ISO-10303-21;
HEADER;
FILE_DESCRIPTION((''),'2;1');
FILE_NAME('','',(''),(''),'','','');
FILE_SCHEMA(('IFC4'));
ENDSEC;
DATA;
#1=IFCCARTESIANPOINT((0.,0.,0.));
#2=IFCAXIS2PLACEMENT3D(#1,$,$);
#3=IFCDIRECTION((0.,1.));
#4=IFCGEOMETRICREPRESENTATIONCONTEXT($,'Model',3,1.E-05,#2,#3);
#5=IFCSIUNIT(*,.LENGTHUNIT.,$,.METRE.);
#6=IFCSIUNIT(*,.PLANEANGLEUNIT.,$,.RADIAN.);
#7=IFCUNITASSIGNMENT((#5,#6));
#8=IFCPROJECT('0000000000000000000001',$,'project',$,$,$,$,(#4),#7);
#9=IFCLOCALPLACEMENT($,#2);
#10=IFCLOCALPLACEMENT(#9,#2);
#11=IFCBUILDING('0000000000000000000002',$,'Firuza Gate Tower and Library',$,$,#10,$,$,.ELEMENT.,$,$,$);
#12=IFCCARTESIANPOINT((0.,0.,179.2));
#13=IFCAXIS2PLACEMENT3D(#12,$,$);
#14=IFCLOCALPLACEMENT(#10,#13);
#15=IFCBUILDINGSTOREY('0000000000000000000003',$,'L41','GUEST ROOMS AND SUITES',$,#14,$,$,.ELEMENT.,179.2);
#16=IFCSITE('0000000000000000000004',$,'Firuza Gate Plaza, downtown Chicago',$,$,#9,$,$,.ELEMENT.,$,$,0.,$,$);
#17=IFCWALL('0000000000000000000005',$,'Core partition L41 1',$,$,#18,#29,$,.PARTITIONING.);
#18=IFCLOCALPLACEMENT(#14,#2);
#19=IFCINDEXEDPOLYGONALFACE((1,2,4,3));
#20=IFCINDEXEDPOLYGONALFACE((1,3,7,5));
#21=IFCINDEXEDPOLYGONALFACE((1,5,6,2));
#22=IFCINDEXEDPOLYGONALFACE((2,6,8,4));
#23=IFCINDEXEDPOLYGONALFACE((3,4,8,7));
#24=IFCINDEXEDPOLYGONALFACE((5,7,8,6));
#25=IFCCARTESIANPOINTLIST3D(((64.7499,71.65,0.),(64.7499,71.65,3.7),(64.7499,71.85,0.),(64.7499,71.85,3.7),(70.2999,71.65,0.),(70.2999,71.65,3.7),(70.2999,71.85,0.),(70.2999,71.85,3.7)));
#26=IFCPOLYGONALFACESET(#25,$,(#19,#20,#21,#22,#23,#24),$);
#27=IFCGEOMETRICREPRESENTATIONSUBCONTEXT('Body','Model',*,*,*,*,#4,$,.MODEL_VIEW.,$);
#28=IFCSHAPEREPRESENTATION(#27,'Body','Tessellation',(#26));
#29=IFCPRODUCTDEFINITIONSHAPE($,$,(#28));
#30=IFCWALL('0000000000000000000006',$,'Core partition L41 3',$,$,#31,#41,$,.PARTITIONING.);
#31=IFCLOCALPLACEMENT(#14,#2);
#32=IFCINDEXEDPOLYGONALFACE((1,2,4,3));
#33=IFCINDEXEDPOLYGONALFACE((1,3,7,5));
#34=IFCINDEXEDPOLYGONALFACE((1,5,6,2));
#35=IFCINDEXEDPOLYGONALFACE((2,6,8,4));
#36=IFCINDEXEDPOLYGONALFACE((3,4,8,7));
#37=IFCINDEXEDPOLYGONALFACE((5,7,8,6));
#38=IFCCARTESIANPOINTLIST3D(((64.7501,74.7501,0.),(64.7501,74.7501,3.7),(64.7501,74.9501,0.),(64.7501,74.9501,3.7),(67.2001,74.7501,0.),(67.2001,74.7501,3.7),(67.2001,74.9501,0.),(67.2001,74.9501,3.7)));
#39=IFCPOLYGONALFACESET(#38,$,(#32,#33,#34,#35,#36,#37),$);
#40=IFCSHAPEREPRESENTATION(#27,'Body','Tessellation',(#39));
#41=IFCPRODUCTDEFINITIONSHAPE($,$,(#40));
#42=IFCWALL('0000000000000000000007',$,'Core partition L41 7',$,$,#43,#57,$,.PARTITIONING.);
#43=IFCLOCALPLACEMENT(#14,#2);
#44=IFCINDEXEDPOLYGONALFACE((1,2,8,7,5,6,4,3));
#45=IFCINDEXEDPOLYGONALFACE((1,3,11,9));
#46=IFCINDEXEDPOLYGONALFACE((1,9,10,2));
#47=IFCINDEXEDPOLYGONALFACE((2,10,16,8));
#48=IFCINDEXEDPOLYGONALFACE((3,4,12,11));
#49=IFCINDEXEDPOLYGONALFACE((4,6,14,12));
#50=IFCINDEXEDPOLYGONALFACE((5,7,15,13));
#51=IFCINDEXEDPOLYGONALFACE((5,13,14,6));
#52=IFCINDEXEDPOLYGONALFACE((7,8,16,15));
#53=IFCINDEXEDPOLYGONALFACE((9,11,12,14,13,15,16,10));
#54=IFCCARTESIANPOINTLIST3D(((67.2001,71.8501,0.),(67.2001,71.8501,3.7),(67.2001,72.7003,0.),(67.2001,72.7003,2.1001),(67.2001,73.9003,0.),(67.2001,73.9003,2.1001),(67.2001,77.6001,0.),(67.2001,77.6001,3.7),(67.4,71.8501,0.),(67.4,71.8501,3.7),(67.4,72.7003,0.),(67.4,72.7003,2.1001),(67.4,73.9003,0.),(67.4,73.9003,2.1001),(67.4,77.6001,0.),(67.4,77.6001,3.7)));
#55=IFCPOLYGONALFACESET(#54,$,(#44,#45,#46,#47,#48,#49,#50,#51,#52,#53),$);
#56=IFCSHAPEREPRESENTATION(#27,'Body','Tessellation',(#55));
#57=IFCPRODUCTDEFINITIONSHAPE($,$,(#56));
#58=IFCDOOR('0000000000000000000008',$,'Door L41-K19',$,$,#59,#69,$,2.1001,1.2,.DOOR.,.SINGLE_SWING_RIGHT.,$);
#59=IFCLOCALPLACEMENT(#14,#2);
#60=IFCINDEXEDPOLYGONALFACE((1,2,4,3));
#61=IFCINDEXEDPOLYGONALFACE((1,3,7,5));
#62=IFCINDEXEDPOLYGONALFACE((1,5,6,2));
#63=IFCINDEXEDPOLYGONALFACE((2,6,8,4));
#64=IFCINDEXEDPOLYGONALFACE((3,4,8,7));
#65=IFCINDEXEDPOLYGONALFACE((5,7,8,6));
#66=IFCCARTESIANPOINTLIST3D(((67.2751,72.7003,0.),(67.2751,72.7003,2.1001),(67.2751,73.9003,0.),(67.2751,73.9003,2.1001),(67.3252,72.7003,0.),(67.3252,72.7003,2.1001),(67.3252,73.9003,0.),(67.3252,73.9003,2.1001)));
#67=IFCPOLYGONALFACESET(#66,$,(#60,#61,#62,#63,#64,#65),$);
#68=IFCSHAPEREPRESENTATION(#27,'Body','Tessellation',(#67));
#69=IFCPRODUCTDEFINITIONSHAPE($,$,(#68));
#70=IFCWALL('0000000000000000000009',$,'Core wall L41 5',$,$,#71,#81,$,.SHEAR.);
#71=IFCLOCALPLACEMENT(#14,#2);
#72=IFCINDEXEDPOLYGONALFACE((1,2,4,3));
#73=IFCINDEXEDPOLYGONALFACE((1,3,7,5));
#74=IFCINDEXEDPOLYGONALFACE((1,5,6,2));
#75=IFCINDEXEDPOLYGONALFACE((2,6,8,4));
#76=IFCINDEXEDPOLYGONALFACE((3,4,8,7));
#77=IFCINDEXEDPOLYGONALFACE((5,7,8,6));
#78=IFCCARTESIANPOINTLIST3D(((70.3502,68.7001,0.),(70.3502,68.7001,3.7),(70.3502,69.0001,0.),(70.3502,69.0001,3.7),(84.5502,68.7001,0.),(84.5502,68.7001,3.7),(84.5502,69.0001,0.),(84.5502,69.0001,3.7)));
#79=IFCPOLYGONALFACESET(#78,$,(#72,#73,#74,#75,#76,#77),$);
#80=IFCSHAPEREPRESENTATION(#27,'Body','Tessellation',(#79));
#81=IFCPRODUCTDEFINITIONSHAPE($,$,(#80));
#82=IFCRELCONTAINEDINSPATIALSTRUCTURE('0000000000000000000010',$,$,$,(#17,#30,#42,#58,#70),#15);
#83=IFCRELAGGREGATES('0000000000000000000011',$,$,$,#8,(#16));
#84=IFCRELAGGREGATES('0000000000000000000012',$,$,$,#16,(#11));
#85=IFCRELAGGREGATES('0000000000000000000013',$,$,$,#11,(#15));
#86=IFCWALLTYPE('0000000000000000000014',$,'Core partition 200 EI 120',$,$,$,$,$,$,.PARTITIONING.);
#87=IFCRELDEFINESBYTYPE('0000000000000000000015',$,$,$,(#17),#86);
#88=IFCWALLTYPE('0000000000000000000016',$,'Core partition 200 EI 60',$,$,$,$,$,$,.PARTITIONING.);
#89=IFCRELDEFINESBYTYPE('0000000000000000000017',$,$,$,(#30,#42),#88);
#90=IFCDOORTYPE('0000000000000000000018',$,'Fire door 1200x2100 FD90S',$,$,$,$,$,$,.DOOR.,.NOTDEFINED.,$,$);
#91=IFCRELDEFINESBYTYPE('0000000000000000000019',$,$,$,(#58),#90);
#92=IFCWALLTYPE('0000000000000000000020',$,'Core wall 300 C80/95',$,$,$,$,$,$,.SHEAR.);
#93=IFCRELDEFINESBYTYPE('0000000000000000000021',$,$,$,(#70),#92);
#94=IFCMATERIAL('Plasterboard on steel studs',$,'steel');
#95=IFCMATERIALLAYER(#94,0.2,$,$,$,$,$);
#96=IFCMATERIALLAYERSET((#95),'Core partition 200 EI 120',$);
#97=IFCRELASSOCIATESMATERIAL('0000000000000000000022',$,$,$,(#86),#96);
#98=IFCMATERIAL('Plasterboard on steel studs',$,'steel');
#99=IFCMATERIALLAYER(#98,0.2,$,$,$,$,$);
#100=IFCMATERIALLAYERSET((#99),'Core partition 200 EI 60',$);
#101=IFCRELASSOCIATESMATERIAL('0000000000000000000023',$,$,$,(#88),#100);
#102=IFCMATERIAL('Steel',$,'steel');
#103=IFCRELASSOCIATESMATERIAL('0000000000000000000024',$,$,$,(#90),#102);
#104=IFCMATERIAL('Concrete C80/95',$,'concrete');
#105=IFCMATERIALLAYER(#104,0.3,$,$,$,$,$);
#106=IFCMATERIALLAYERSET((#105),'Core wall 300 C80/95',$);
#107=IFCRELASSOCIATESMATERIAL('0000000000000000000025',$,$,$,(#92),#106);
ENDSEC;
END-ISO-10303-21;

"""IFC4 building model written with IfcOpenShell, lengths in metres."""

from ifc_helpers import new_model, si_unit, direction, frame, frame_2d, origin, place, context, subcontext, project, spatial, rectangle, extrude, material, layer, layer_set, type_object, element, fill, save


model = new_model("IFC4")

# Units and contexts
model_context = context("Model", 3, precision=1e-05, world=origin(), true_north=direction((0.0, 1.0)))
body_context = subcontext(model_context, "Body", "Model", "MODEL_VIEW")
ifc_project = project(units=[si_unit("LENGTHUNIT", "METRE"), si_unit("PLANEANGLEUNIT", "RADIAN")], contexts=[model_context])

# Site, building, storey
site_placement = place(None, origin())
site = spatial("IfcSite", under=ifc_project, at=site_placement, Name="Firuza Gate Plaza, downtown Chicago", CompositionType="ELEMENT", RefElevation=0.0)
building_placement = place(site_placement, origin())
building = spatial("IfcBuilding", under=site, at=building_placement, Name="Firuza Gate Tower and Library", CompositionType="ELEMENT")
storey_placement = place(building_placement, frame((0.0, 0.0, 179.2)))
storey = spatial("IfcBuildingStorey", under=building, at=storey_placement, Name="L41", Description="GUEST ROOMS AND SUITES", CompositionType="ELEMENT", Elevation=179.2)

# Walls
ifc_material_1 = material(Name="Plasterboard on steel studs", Category="steel")
ifc_layer_1 = layer(ifc_material_1, 0.2)
ifc_layer_set_1 = layer_set([ifc_layer_1], Name="Core partition 200 EI 120")
wall_type_1 = type_object("IfcWallType", Name="Core partition 200 EI 120", PredefinedType="PARTITIONING", material=ifc_layer_set_1)
wall_1_placement = place(storey_placement, frame((64.75, 71.75, 0.0), z_axis=(0.0, 0.0, 1.0), x_axis=(1.0, 0.0, 0.0)))
element("IfcWall", 1, at=wall_1_placement, inside=storey, type_object=wall_type_1, Name="Core partition L41 1", PredefinedType="PARTITIONING", context=body_context, shape_type="SweptSolid", body=[
    extrude(rectangle(XDim=5.55, YDim=0.2, at=frame_2d((2.7749, 0.0))), origin(), (0.0, 0.0, 1.0), 3.7),
])
ifc_material_2 = material(Name="Plasterboard on steel studs", Category="steel")
ifc_layer_2 = layer(ifc_material_2, 0.2)
ifc_layer_set_2 = layer_set([ifc_layer_2], Name="Core partition 200 EI 60")
wall_type_2 = type_object("IfcWallType", Name="Core partition 200 EI 60", PredefinedType="PARTITIONING", material=ifc_layer_set_2)
wall_2_placement = place(storey_placement, frame((64.75, 74.8501, 0.0), z_axis=(0.0, 0.0, 1.0), x_axis=(1.0, 0.0, 0.0)))
element("IfcWall", 2, at=wall_2_placement, inside=storey, type_object=wall_type_2, Name="Core partition L41 3", PredefinedType="PARTITIONING", context=body_context, shape_type="SweptSolid", body=[
    extrude(rectangle(XDim=2.45, YDim=0.2, at=frame_2d((1.2251, 0.0))), origin(), (0.0, 0.0, 1.0), 3.7),
])

# Wall, opening, door
wall_3_placement = place(storey_placement, frame((67.3, 71.8501, 0.0), z_axis=(0.0, 0.0, 1.0), x_axis=(0.0, 1.0, 0.0)))
wall_3 = element("IfcWall", 3, at=wall_3_placement, inside=storey, type_object=wall_type_2, Name="Core partition L41 7", PredefinedType="PARTITIONING", context=body_context, shape_type="SweptSolid", body=[
    extrude(rectangle(XDim=5.75, YDim=0.2, at=frame_2d((2.875, 0.0))), origin(), (0.0, 0.0, 1.0), 3.7),
])
opening_1_placement = place(wall_3_placement, frame((0.8501, 0.0, 0.0)))
opening_1 = element("IfcOpeningElement", 4, at=opening_1_placement, cuts=wall_3, PredefinedType="OPENING", context=body_context, shape_type="SweptSolid", body=[
    extrude(rectangle(XDim=1.2, YDim=2.1001, at=frame_2d((0.6001, 1.05))), frame((0.0, 0.1099, 0.0), z_axis=(0.0, -1.0, 0.0), x_axis=(1.0, 0.0, 0.0)), (0.0, 0.0, 1.0), 0.22),
])
ifc_material_3 = material(Name="Steel", Category="steel")
door_type_1 = type_object("IfcDoorType", Name="Fire door 1200x2100 FD90S", OperationType="NOTDEFINED", PredefinedType="DOOR", material=ifc_material_3)
door_1_placement = place(opening_1_placement, origin())
door_1 = element("IfcDoor", 5, at=door_1_placement, inside=storey, type_object=door_type_1, Name="Door L41-K19", OperationType="SINGLE_SWING_RIGHT", OverallHeight=2.1001, OverallWidth=1.2, PredefinedType="DOOR", context=body_context, shape_type="SweptSolid", body=[
    extrude(rectangle(XDim=1.2, YDim=2.1001, at=frame_2d((0.6001, 1.05))), frame((0.0, 0.0249, 0.0), z_axis=(0.0, -1.0, 0.0), x_axis=(1.0, 0.0, 0.0)), (0.0, 0.0, 1.0), 0.05),
])
fill(opening_1, door_1)

# Wall
ifc_material_4 = material(Name="Concrete C80/95", Category="concrete")
ifc_layer_3 = layer(ifc_material_4, 0.3)
ifc_layer_set_3 = layer_set([ifc_layer_3], Name="Core wall 300 C80/95")
wall_type_3 = type_object("IfcWallType", Name="Core wall 300 C80/95", PredefinedType="SHEAR", material=ifc_layer_set_3)
wall_4_placement = place(storey_placement, frame((70.3501, 68.8501, 0.0), z_axis=(0.0, 0.0, 1.0), x_axis=(1.0, 0.0, 0.0)))
element("IfcWall", 6, at=wall_4_placement, inside=storey, type_object=wall_type_3, Name="Core wall L41 5", PredefinedType="SHEAR", context=body_context, shape_type="SweptSolid", body=[
    extrude(rectangle(XDim=14.2, YDim=0.3, at=frame_2d((7.1001, 0.0))), origin(), (0.0, 0.0, 1.0), 3.7),
])

save(model, "model.ifc")
